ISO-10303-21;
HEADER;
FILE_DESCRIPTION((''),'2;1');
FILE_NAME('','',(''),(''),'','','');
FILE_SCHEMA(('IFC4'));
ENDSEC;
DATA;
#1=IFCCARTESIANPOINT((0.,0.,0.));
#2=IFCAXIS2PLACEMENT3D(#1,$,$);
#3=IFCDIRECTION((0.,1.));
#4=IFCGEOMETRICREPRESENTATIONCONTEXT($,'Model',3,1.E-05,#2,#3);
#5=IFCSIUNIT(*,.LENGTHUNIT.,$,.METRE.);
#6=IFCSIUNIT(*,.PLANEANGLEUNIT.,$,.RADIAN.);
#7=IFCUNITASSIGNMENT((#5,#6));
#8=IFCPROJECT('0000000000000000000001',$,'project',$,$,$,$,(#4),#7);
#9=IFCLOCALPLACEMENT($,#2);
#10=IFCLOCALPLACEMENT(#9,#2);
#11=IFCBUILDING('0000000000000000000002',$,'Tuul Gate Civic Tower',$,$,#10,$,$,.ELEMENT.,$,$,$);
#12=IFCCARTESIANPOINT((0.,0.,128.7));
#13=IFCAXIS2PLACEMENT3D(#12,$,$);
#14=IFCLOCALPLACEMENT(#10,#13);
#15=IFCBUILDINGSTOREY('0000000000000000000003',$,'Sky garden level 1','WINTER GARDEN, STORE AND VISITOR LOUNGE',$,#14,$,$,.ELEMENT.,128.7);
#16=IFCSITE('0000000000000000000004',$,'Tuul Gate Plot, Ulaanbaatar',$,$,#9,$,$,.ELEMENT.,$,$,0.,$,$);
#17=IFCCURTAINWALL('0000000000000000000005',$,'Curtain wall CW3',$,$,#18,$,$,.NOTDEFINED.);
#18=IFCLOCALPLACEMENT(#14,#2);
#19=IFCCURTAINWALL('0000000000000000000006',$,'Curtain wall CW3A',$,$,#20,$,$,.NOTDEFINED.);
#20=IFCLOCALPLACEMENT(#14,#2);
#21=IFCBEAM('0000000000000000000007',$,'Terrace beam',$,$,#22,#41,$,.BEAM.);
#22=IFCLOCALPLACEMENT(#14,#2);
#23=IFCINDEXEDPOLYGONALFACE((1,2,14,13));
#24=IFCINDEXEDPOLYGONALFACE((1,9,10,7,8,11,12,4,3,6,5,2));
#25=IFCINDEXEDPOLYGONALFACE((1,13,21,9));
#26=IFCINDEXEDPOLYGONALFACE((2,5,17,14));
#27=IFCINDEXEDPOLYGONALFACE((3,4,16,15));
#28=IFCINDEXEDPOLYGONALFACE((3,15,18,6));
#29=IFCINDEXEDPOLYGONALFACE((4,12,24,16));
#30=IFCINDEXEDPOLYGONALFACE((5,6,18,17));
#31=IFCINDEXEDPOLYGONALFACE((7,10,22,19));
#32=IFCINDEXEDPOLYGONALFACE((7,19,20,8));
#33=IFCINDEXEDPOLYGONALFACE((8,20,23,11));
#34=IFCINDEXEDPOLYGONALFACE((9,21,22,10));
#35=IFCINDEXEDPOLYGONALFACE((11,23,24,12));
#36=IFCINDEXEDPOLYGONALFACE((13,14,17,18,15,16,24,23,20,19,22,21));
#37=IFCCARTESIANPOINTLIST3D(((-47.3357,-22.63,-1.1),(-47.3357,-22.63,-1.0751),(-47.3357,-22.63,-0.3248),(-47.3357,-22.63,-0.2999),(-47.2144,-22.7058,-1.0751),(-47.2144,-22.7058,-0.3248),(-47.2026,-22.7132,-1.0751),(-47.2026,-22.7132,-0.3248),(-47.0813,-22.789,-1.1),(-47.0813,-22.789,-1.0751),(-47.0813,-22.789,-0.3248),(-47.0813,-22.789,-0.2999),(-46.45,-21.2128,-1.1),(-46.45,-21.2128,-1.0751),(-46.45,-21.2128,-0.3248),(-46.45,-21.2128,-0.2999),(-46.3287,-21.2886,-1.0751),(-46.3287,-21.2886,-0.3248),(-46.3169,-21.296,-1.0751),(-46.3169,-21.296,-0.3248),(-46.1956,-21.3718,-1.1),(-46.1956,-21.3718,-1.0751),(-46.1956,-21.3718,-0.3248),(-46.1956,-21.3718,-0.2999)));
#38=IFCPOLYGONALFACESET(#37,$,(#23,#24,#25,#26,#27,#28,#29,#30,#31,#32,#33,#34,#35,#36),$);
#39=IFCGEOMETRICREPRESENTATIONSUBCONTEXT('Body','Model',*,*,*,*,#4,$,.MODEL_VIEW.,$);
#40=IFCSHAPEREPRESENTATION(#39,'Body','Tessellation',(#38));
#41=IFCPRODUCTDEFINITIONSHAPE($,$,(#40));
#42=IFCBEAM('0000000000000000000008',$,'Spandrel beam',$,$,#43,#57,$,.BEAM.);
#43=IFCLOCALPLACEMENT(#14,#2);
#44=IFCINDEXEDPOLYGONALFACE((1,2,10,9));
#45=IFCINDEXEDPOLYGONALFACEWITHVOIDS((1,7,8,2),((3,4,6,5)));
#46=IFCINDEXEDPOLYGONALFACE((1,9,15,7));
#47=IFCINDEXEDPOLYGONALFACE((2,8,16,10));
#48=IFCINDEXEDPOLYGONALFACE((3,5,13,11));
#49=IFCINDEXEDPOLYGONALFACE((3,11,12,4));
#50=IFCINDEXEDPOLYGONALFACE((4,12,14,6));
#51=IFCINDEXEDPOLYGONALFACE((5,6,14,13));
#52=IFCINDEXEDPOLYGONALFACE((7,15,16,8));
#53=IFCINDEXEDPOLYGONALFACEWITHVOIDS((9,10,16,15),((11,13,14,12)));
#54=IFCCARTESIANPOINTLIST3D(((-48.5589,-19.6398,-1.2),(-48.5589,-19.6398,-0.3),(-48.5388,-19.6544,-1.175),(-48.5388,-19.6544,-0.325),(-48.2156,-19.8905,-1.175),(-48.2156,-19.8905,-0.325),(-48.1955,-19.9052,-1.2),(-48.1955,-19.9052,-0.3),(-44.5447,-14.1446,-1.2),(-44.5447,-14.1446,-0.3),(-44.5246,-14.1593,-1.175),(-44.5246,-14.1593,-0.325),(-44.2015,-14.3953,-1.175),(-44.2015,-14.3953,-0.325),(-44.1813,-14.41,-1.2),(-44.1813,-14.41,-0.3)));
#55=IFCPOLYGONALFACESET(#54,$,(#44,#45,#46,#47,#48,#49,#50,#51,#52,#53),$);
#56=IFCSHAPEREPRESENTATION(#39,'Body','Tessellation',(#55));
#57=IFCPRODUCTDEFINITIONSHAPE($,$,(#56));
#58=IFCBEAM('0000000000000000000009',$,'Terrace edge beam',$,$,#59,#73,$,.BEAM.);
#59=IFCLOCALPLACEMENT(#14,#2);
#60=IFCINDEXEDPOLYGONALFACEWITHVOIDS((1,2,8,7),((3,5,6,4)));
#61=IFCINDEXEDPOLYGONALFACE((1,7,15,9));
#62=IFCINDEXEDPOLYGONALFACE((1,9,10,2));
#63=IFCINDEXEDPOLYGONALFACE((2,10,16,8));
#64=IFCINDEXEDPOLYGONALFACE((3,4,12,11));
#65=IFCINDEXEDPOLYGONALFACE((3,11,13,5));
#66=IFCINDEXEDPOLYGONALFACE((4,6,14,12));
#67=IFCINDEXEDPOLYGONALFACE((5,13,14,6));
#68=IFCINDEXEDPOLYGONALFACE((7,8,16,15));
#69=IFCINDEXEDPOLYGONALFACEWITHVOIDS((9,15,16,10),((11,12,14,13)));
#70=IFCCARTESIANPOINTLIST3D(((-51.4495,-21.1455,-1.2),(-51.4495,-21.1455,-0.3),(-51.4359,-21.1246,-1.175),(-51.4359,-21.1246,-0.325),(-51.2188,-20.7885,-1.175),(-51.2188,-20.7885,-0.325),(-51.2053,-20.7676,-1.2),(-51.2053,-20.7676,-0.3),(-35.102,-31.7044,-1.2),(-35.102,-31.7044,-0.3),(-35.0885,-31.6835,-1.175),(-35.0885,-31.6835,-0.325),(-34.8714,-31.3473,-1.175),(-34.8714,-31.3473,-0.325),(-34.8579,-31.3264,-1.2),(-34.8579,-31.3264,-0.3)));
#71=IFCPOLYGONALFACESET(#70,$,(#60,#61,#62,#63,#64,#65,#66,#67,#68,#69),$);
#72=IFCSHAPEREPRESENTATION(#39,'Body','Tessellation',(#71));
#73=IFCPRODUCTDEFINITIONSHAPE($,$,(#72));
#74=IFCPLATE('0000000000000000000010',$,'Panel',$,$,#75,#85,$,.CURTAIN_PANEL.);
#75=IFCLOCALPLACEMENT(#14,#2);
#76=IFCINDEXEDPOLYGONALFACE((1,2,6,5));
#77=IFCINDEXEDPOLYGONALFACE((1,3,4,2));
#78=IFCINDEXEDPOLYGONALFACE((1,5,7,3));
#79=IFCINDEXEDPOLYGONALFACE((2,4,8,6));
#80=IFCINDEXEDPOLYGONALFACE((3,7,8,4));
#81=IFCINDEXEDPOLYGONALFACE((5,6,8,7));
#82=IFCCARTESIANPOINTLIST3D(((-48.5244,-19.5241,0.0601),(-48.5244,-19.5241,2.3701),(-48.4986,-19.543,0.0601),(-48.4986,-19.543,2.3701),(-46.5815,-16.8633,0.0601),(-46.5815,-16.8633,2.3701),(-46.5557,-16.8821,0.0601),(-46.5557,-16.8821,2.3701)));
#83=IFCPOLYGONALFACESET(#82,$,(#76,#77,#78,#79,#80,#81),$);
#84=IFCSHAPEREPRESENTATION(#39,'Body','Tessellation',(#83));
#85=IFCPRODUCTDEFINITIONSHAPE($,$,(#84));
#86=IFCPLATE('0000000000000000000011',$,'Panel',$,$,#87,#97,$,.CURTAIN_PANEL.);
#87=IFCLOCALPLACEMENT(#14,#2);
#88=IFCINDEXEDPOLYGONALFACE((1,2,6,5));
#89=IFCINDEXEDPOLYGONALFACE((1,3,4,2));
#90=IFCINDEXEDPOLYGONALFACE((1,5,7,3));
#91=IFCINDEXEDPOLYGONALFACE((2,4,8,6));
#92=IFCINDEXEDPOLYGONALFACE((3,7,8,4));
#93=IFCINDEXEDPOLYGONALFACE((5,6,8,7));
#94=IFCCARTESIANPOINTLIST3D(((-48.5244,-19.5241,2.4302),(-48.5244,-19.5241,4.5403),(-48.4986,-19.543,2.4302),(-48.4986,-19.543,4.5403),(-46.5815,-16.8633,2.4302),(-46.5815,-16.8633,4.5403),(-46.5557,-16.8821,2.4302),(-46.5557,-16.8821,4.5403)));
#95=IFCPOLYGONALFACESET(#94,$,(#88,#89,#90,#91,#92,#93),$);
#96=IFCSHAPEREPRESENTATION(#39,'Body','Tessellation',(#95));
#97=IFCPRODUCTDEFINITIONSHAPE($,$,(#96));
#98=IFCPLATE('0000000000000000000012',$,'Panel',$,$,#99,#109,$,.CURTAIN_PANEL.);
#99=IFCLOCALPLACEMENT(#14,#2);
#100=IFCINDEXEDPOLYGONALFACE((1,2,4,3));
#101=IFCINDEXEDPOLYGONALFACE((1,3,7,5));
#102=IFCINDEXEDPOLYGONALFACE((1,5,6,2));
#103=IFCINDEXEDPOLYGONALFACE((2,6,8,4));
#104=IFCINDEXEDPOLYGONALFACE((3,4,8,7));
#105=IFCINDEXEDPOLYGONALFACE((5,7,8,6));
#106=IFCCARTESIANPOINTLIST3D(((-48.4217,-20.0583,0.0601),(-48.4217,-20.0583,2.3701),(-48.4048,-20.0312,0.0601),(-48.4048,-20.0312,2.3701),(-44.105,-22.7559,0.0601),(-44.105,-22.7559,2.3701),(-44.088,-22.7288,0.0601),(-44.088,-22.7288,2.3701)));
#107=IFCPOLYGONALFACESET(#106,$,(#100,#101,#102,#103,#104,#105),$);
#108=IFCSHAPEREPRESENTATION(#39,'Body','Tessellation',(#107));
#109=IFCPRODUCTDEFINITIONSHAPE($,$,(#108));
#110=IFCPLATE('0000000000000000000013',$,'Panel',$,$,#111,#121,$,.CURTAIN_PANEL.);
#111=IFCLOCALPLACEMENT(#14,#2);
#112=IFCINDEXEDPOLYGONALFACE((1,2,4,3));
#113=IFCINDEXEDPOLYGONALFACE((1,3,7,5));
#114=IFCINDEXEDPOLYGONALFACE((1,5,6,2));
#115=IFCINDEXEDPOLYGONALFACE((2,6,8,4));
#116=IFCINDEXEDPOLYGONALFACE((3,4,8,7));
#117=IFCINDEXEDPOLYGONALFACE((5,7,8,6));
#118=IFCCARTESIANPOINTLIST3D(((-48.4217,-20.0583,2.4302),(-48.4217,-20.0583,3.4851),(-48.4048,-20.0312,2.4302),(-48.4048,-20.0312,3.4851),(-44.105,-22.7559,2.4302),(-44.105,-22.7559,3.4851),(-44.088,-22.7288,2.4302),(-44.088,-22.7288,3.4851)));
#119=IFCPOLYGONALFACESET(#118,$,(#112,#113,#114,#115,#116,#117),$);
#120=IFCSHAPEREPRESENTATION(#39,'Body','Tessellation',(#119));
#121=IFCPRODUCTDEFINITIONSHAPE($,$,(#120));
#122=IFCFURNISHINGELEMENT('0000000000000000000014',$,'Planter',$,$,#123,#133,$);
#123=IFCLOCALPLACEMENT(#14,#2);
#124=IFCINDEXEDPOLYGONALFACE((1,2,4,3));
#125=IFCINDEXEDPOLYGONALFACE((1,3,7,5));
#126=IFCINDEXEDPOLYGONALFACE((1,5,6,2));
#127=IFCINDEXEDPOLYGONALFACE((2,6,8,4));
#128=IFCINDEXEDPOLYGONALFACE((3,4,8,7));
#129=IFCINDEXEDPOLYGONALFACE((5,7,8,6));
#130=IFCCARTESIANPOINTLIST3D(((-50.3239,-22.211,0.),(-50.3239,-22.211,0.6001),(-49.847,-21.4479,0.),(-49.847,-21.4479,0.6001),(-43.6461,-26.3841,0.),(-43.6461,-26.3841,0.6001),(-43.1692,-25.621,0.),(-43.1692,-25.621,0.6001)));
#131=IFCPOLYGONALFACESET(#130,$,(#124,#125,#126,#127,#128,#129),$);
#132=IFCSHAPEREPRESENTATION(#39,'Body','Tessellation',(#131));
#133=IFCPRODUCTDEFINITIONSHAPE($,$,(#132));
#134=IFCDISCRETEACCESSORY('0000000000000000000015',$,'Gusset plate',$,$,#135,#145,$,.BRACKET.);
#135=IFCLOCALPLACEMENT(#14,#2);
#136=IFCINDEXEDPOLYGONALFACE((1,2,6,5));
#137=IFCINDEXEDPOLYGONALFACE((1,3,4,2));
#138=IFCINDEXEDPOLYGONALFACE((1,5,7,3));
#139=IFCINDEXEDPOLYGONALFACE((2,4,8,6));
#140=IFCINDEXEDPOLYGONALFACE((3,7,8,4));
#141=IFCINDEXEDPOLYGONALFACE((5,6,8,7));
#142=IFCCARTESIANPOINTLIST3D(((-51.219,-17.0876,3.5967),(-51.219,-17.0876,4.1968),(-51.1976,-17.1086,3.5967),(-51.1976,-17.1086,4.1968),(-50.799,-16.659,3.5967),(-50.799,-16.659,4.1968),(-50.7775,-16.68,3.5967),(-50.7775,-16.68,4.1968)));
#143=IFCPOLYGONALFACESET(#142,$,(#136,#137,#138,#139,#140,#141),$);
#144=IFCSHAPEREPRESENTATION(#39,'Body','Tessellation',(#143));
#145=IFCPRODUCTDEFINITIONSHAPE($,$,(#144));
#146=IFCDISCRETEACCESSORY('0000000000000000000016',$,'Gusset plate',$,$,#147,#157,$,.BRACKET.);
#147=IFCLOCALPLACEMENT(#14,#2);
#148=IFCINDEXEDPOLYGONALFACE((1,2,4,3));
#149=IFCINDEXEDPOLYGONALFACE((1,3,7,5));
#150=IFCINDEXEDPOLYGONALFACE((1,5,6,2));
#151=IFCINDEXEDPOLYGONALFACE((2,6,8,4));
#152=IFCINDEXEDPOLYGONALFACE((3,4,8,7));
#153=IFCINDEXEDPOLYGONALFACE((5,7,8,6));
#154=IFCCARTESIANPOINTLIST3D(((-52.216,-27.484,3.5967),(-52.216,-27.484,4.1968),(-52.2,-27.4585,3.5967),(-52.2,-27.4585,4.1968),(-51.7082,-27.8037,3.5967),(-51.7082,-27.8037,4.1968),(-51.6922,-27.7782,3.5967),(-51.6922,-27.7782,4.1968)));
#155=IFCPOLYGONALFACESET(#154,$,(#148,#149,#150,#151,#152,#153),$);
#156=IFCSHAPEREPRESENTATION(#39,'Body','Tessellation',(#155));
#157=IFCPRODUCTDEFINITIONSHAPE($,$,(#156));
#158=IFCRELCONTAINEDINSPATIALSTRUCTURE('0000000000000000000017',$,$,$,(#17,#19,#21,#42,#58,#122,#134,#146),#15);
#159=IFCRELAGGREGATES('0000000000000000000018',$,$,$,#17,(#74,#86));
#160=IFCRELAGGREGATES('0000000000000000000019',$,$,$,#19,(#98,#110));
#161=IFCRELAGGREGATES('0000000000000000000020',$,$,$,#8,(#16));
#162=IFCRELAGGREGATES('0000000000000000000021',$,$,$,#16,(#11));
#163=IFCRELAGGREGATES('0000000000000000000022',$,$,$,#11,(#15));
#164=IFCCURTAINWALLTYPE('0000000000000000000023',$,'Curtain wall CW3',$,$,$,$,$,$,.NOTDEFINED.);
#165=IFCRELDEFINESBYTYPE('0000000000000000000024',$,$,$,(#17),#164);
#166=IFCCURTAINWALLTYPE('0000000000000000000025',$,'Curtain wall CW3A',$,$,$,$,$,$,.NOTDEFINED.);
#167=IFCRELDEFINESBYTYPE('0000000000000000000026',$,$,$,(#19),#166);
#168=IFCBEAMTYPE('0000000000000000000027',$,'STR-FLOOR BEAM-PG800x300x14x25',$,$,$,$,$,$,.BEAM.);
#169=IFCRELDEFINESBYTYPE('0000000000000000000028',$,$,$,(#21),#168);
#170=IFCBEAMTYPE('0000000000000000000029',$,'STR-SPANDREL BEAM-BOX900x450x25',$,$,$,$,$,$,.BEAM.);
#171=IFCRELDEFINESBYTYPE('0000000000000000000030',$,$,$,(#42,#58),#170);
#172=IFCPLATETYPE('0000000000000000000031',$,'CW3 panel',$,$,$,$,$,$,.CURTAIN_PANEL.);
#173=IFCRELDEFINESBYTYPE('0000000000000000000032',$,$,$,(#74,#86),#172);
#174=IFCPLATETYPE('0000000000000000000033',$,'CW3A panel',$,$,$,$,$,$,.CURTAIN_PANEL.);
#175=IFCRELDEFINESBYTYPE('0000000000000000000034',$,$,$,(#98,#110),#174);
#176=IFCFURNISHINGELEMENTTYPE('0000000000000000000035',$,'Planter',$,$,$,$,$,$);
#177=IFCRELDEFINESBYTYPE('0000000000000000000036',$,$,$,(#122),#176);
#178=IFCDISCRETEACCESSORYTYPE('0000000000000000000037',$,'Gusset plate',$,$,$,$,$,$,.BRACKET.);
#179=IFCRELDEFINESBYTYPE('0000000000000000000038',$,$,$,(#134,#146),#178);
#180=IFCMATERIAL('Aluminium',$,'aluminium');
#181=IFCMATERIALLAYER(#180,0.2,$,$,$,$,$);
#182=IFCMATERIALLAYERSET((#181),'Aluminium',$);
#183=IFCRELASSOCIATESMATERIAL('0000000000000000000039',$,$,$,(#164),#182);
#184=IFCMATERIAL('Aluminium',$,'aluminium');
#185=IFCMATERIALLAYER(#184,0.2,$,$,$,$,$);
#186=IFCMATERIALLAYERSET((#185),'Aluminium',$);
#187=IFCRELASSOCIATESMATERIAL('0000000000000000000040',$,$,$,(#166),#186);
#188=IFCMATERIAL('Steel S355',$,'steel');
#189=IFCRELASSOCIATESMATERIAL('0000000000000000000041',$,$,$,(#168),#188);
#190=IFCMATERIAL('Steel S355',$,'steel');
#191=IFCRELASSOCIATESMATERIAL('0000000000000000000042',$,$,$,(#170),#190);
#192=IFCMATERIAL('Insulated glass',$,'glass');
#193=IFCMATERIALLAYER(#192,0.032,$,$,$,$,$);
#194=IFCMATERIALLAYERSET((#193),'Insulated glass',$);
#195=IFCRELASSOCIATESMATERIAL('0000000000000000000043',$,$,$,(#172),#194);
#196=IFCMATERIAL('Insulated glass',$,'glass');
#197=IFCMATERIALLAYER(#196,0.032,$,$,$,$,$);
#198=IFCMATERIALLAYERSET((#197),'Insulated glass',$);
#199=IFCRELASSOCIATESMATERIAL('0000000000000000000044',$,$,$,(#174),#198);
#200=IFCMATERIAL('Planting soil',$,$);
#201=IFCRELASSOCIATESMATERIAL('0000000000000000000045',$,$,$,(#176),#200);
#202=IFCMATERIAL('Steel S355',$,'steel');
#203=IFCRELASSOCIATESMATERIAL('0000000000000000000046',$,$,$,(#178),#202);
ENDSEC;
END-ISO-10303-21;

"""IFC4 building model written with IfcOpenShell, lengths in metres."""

from ifc_helpers import new_model, si_unit, direction, frame, origin, origin_2d, place, context, subcontext, project, spatial, rectangle, hollow_rectangle, i_section, extrude, material, layer, layer_set, material_profile, profile_set, type_object, element, aggregate, save


model = new_model("IFC4")

# Units and contexts
model_context = context("Model", 3, precision=1e-05, world=origin(), true_north=direction((0.0, 1.0)))
body_context = subcontext(model_context, "Body", "Model", "MODEL_VIEW")
ifc_project = project(units=[si_unit("LENGTHUNIT", "METRE"), si_unit("PLANEANGLEUNIT", "RADIAN")], contexts=[model_context])

# Site, building, storey
site_placement = place(None, origin())
site = spatial("IfcSite", under=ifc_project, at=site_placement, Name="Tuul Gate Plot, Ulaanbaatar", CompositionType="ELEMENT", RefElevation=0.0)
building_placement = place(site_placement, origin())
building = spatial("IfcBuilding", under=site, at=building_placement, Name="Tuul Gate Civic Tower", CompositionType="ELEMENT")
storey_placement = place(building_placement, frame((0.0, 0.0, 128.7)))
storey = spatial("IfcBuildingStorey", under=building, at=storey_placement, Name="Sky garden level 1", Description="WINTER GARDEN, STORE AND VISITOR LOUNGE", CompositionType="ELEMENT", Elevation=128.7)

# Curtain walls
ifc_material_1 = material(Name="Aluminium", Category="aluminium")
ifc_layer_1 = layer(ifc_material_1, 0.2)
ifc_layer_set_1 = layer_set([ifc_layer_1], Name="Aluminium")
curtain_wall_type_1 = type_object("IfcCurtainWallType", Name="Curtain wall CW3", PredefinedType="NOTDEFINED", material=ifc_layer_set_1)
curtain_wall_1_placement = place(storey_placement, origin())
curtain_wall_1 = element("IfcCurtainWall", 1, at=curtain_wall_1_placement, inside=storey, type_object=curtain_wall_type_1, Name="Curtain wall CW3", PredefinedType="NOTDEFINED")
ifc_material_2 = material(Name="Aluminium", Category="aluminium")
ifc_layer_2 = layer(ifc_material_2, 0.2)
ifc_layer_set_2 = layer_set([ifc_layer_2], Name="Aluminium")
curtain_wall_type_2 = type_object("IfcCurtainWallType", Name="Curtain wall CW3A", PredefinedType="NOTDEFINED", material=ifc_layer_set_2)
curtain_wall_2_placement = place(storey_placement, origin())
curtain_wall_2 = element("IfcCurtainWall", 2, at=curtain_wall_2_placement, inside=storey, type_object=curtain_wall_type_2, Name="Curtain wall CW3A", PredefinedType="NOTDEFINED")

# Beams
ifc_material_3 = material(Name="Steel S355", Category="steel")
ifc_material_profile_1 = material_profile(ifc_material_3, i_section(OverallWidth=0.3, OverallDepth=0.8, WebThickness=0.0139, FlangeThickness=0.0249, at=origin_2d()), Name="PG800x300x14x25")
ifc_profile_set_1 = profile_set([ifc_material_profile_1], Name="Steel S355")
beam_type_1 = type_object("IfcBeamType", Name="STR-FLOOR BEAM-PG800x300x14x25", PredefinedType="BEAM", material=ifc_profile_set_1)
beam_1_placement = place(storey_placement, frame((-47.2085, -22.7095, -0.7), z_axis=(0.529986, 0.848007, 0.0), x_axis=(-0.848007, 0.529986, 0.0)))
element("IfcBeam", 3, at=beam_1_placement, inside=storey, type_object=beam_type_1, Name="Terrace beam", PredefinedType="BEAM", context=body_context, shape_type="SweptSolid", body=[
    extrude(i_section(OverallWidth=0.3, OverallDepth=0.8, WebThickness=0.0139, FlangeThickness=0.0249, at=origin_2d()), origin(), (0.0, 0.0, 1.0), 1.6711),
])
ifc_material_4 = material(Name="Steel S355", Category="steel")
ifc_material_profile_2 = material_profile(ifc_material_4, hollow_rectangle(XDim=0.45, YDim=0.8999, WallThickness=0.0249, at=origin_2d()), Name="BOX900x450x25")
ifc_profile_set_2 = profile_set([ifc_material_profile_2], Name="Steel S355")
beam_type_2 = type_object("IfcBeamType", Name="STR-SPANDREL BEAM-BOX900x450x25", PredefinedType="BEAM", material=ifc_profile_set_2)
beam_2_placement = place(storey_placement, frame((-48.3772, -19.7725, -0.75), z_axis=(0.589873, 0.807496, 0.0), x_axis=(-0.807496, 0.589873, 0.0)))
element("IfcBeam", 4, at=beam_2_placement, inside=storey, type_object=beam_type_2, Name="Spandrel beam", PredefinedType="BEAM", context=body_context, shape_type="SweptSolid", body=[
    extrude(hollow_rectangle(XDim=0.45, YDim=0.8999, WallThickness=0.0249, at=origin_2d()), origin(), (0.0, 0.0, 1.0), 6.8052),
])
beam_3_placement = place(storey_placement, frame((-51.3274, -20.9565, -0.75), z_axis=(0.840013, -0.542567, 0.0), x_axis=(0.542567, 0.840013, 0.0)))
element("IfcBeam", 5, at=beam_3_placement, inside=storey, type_object=beam_type_2, Name="Terrace edge beam", PredefinedType="BEAM", context=body_context, shape_type="SweptSolid", body=[
    extrude(hollow_rectangle(XDim=0.45, YDim=0.8999, WallThickness=0.0249, at=origin_2d()), origin(), (0.0, 0.0, 1.0), 19.4609),
])

# Plates
ifc_material_5 = material(Name="Insulated glass", Category="glass")
ifc_layer_3 = layer(ifc_material_5, 0.032)
ifc_layer_set_3 = layer_set([ifc_layer_3], Name="Insulated glass")
plate_type_1 = type_object("IfcPlateType", Name="CW3 panel", PredefinedType="CURTAIN_PANEL", material=ifc_layer_set_3)
plate_1_placement = place(storey_placement, frame((-47.54, -18.2031, 0.0601), z_axis=(0.0, 0.0, 1.0), x_axis=(-0.589717, -0.80761, 0.0)))
plate_1 = element("IfcPlate", 6, at=plate_1_placement, type_object=plate_type_1, Name="Panel", PredefinedType="CURTAIN_PANEL", context=body_context, shape_type="SweptSolid", body=[
    extrude(rectangle(XDim=3.2947, YDim=0.032, at=origin_2d()), origin(), (0.0, 0.0, 1.0), 2.3101),
])
plate_2_placement = place(storey_placement, frame((-47.54, -18.2031, 2.4302), z_axis=(0.0, 0.0, 1.0), x_axis=(-0.589717, -0.80761, 0.0)))
plate_2 = element("IfcPlate", 7, at=plate_2_placement, type_object=plate_type_1, Name="Panel", PredefinedType="CURTAIN_PANEL", context=body_context, shape_type="SweptSolid", body=[
    extrude(rectangle(XDim=3.2947, YDim=0.032, at=origin_2d()), origin(), (0.0, 0.0, 1.0), 2.1101),
])
aggregate(curtain_wall_1, [plate_1, plate_2])
ifc_material_6 = material(Name="Insulated glass", Category="glass")
ifc_layer_4 = layer(ifc_material_6, 0.032)
ifc_layer_set_4 = layer_set([ifc_layer_4], Name="Insulated glass")
plate_type_2 = type_object("IfcPlateType", Name="CW3A panel", PredefinedType="CURTAIN_PANEL", material=ifc_layer_set_4)
plate_3_placement = place(storey_placement, frame((-46.2549, -21.3936, 0.0601), z_axis=(0.0, 0.0, 1.0), x_axis=(0.848024, -0.529958, 0.0)))
plate_3 = element("IfcPlate", 8, at=plate_3_placement, type_object=plate_type_2, Name="Panel", PredefinedType="CURTAIN_PANEL", context=body_context, shape_type="SweptSolid", body=[
    extrude(rectangle(XDim=5.0903, YDim=0.032, at=origin_2d()), origin(), (0.0, 0.0, 1.0), 2.3101),
])
plate_4_placement = place(storey_placement, frame((-46.2549, -21.3936, 2.4302), z_axis=(0.0, 0.0, 1.0), x_axis=(0.848024, -0.529958, 0.0)))
plate_4 = element("IfcPlate", 9, at=plate_4_placement, type_object=plate_type_2, Name="Panel", PredefinedType="CURTAIN_PANEL", context=body_context, shape_type="SweptSolid", body=[
    extrude(rectangle(XDim=5.0903, YDim=0.032, at=origin_2d()), origin(), (0.0, 0.0, 1.0), 1.0549),
])
aggregate(curtain_wall_2, [plate_3, plate_4])

# Furnishing element
ifc_material_7 = material(Name="Planting soil")
furnishing_element_type = type_object("IfcFurnishingElementType", Name="Planter", material=ifc_material_7)
furnishing_placement = place(storey_placement, frame((-46.7466, -23.916, 0.0), z_axis=(0.0, 0.0, 1.0), x_axis=(0.848029, -0.52995, 0.0)))
element("IfcFurnishingElement", 10, at=furnishing_placement, inside=storey, type_object=furnishing_element_type, Name="Planter", context=body_context, shape_type="SweptSolid", body=[
    extrude(rectangle(XDim=7.8745, YDim=0.8999, at=origin_2d()), origin(), (0.0, 0.0, 1.0), 0.6001),
])

# Discrete accessories
ifc_material_8 = material(Name="Steel S355", Category="steel")
discrete_accessory_type = type_object("IfcDiscreteAccessoryType", Name="Gusset plate", PredefinedType="BRACKET", material=ifc_material_8)
for number, where, z_axis, x_axis, name in (
    (11, (-50.9983, -16.8838, 3.5967), (0.0, 0.0, 1.0), (0.7, 0.714143, 0.0), "Gusset plate"),
    (12, (-51.9541, -27.6311, 3.5967), (0.0, 0.0, 1.0), (-0.846275, 0.532746, 0.0), "Gusset plate"),
):
    element("IfcDiscreteAccessory", number, at=place(storey_placement, frame(where, z_axis=z_axis, x_axis=x_axis)), inside=storey, type_object=discrete_accessory_type, Name=name, PredefinedType="BRACKET", context=body_context, shape_type="SweptSolid", body=[
        extrude(rectangle(XDim=0.6001, YDim=0.03, at=origin_2d()), origin(), (0.0, 0.0, 1.0), 0.6001),
    ])

save(model, "model.ifc")
